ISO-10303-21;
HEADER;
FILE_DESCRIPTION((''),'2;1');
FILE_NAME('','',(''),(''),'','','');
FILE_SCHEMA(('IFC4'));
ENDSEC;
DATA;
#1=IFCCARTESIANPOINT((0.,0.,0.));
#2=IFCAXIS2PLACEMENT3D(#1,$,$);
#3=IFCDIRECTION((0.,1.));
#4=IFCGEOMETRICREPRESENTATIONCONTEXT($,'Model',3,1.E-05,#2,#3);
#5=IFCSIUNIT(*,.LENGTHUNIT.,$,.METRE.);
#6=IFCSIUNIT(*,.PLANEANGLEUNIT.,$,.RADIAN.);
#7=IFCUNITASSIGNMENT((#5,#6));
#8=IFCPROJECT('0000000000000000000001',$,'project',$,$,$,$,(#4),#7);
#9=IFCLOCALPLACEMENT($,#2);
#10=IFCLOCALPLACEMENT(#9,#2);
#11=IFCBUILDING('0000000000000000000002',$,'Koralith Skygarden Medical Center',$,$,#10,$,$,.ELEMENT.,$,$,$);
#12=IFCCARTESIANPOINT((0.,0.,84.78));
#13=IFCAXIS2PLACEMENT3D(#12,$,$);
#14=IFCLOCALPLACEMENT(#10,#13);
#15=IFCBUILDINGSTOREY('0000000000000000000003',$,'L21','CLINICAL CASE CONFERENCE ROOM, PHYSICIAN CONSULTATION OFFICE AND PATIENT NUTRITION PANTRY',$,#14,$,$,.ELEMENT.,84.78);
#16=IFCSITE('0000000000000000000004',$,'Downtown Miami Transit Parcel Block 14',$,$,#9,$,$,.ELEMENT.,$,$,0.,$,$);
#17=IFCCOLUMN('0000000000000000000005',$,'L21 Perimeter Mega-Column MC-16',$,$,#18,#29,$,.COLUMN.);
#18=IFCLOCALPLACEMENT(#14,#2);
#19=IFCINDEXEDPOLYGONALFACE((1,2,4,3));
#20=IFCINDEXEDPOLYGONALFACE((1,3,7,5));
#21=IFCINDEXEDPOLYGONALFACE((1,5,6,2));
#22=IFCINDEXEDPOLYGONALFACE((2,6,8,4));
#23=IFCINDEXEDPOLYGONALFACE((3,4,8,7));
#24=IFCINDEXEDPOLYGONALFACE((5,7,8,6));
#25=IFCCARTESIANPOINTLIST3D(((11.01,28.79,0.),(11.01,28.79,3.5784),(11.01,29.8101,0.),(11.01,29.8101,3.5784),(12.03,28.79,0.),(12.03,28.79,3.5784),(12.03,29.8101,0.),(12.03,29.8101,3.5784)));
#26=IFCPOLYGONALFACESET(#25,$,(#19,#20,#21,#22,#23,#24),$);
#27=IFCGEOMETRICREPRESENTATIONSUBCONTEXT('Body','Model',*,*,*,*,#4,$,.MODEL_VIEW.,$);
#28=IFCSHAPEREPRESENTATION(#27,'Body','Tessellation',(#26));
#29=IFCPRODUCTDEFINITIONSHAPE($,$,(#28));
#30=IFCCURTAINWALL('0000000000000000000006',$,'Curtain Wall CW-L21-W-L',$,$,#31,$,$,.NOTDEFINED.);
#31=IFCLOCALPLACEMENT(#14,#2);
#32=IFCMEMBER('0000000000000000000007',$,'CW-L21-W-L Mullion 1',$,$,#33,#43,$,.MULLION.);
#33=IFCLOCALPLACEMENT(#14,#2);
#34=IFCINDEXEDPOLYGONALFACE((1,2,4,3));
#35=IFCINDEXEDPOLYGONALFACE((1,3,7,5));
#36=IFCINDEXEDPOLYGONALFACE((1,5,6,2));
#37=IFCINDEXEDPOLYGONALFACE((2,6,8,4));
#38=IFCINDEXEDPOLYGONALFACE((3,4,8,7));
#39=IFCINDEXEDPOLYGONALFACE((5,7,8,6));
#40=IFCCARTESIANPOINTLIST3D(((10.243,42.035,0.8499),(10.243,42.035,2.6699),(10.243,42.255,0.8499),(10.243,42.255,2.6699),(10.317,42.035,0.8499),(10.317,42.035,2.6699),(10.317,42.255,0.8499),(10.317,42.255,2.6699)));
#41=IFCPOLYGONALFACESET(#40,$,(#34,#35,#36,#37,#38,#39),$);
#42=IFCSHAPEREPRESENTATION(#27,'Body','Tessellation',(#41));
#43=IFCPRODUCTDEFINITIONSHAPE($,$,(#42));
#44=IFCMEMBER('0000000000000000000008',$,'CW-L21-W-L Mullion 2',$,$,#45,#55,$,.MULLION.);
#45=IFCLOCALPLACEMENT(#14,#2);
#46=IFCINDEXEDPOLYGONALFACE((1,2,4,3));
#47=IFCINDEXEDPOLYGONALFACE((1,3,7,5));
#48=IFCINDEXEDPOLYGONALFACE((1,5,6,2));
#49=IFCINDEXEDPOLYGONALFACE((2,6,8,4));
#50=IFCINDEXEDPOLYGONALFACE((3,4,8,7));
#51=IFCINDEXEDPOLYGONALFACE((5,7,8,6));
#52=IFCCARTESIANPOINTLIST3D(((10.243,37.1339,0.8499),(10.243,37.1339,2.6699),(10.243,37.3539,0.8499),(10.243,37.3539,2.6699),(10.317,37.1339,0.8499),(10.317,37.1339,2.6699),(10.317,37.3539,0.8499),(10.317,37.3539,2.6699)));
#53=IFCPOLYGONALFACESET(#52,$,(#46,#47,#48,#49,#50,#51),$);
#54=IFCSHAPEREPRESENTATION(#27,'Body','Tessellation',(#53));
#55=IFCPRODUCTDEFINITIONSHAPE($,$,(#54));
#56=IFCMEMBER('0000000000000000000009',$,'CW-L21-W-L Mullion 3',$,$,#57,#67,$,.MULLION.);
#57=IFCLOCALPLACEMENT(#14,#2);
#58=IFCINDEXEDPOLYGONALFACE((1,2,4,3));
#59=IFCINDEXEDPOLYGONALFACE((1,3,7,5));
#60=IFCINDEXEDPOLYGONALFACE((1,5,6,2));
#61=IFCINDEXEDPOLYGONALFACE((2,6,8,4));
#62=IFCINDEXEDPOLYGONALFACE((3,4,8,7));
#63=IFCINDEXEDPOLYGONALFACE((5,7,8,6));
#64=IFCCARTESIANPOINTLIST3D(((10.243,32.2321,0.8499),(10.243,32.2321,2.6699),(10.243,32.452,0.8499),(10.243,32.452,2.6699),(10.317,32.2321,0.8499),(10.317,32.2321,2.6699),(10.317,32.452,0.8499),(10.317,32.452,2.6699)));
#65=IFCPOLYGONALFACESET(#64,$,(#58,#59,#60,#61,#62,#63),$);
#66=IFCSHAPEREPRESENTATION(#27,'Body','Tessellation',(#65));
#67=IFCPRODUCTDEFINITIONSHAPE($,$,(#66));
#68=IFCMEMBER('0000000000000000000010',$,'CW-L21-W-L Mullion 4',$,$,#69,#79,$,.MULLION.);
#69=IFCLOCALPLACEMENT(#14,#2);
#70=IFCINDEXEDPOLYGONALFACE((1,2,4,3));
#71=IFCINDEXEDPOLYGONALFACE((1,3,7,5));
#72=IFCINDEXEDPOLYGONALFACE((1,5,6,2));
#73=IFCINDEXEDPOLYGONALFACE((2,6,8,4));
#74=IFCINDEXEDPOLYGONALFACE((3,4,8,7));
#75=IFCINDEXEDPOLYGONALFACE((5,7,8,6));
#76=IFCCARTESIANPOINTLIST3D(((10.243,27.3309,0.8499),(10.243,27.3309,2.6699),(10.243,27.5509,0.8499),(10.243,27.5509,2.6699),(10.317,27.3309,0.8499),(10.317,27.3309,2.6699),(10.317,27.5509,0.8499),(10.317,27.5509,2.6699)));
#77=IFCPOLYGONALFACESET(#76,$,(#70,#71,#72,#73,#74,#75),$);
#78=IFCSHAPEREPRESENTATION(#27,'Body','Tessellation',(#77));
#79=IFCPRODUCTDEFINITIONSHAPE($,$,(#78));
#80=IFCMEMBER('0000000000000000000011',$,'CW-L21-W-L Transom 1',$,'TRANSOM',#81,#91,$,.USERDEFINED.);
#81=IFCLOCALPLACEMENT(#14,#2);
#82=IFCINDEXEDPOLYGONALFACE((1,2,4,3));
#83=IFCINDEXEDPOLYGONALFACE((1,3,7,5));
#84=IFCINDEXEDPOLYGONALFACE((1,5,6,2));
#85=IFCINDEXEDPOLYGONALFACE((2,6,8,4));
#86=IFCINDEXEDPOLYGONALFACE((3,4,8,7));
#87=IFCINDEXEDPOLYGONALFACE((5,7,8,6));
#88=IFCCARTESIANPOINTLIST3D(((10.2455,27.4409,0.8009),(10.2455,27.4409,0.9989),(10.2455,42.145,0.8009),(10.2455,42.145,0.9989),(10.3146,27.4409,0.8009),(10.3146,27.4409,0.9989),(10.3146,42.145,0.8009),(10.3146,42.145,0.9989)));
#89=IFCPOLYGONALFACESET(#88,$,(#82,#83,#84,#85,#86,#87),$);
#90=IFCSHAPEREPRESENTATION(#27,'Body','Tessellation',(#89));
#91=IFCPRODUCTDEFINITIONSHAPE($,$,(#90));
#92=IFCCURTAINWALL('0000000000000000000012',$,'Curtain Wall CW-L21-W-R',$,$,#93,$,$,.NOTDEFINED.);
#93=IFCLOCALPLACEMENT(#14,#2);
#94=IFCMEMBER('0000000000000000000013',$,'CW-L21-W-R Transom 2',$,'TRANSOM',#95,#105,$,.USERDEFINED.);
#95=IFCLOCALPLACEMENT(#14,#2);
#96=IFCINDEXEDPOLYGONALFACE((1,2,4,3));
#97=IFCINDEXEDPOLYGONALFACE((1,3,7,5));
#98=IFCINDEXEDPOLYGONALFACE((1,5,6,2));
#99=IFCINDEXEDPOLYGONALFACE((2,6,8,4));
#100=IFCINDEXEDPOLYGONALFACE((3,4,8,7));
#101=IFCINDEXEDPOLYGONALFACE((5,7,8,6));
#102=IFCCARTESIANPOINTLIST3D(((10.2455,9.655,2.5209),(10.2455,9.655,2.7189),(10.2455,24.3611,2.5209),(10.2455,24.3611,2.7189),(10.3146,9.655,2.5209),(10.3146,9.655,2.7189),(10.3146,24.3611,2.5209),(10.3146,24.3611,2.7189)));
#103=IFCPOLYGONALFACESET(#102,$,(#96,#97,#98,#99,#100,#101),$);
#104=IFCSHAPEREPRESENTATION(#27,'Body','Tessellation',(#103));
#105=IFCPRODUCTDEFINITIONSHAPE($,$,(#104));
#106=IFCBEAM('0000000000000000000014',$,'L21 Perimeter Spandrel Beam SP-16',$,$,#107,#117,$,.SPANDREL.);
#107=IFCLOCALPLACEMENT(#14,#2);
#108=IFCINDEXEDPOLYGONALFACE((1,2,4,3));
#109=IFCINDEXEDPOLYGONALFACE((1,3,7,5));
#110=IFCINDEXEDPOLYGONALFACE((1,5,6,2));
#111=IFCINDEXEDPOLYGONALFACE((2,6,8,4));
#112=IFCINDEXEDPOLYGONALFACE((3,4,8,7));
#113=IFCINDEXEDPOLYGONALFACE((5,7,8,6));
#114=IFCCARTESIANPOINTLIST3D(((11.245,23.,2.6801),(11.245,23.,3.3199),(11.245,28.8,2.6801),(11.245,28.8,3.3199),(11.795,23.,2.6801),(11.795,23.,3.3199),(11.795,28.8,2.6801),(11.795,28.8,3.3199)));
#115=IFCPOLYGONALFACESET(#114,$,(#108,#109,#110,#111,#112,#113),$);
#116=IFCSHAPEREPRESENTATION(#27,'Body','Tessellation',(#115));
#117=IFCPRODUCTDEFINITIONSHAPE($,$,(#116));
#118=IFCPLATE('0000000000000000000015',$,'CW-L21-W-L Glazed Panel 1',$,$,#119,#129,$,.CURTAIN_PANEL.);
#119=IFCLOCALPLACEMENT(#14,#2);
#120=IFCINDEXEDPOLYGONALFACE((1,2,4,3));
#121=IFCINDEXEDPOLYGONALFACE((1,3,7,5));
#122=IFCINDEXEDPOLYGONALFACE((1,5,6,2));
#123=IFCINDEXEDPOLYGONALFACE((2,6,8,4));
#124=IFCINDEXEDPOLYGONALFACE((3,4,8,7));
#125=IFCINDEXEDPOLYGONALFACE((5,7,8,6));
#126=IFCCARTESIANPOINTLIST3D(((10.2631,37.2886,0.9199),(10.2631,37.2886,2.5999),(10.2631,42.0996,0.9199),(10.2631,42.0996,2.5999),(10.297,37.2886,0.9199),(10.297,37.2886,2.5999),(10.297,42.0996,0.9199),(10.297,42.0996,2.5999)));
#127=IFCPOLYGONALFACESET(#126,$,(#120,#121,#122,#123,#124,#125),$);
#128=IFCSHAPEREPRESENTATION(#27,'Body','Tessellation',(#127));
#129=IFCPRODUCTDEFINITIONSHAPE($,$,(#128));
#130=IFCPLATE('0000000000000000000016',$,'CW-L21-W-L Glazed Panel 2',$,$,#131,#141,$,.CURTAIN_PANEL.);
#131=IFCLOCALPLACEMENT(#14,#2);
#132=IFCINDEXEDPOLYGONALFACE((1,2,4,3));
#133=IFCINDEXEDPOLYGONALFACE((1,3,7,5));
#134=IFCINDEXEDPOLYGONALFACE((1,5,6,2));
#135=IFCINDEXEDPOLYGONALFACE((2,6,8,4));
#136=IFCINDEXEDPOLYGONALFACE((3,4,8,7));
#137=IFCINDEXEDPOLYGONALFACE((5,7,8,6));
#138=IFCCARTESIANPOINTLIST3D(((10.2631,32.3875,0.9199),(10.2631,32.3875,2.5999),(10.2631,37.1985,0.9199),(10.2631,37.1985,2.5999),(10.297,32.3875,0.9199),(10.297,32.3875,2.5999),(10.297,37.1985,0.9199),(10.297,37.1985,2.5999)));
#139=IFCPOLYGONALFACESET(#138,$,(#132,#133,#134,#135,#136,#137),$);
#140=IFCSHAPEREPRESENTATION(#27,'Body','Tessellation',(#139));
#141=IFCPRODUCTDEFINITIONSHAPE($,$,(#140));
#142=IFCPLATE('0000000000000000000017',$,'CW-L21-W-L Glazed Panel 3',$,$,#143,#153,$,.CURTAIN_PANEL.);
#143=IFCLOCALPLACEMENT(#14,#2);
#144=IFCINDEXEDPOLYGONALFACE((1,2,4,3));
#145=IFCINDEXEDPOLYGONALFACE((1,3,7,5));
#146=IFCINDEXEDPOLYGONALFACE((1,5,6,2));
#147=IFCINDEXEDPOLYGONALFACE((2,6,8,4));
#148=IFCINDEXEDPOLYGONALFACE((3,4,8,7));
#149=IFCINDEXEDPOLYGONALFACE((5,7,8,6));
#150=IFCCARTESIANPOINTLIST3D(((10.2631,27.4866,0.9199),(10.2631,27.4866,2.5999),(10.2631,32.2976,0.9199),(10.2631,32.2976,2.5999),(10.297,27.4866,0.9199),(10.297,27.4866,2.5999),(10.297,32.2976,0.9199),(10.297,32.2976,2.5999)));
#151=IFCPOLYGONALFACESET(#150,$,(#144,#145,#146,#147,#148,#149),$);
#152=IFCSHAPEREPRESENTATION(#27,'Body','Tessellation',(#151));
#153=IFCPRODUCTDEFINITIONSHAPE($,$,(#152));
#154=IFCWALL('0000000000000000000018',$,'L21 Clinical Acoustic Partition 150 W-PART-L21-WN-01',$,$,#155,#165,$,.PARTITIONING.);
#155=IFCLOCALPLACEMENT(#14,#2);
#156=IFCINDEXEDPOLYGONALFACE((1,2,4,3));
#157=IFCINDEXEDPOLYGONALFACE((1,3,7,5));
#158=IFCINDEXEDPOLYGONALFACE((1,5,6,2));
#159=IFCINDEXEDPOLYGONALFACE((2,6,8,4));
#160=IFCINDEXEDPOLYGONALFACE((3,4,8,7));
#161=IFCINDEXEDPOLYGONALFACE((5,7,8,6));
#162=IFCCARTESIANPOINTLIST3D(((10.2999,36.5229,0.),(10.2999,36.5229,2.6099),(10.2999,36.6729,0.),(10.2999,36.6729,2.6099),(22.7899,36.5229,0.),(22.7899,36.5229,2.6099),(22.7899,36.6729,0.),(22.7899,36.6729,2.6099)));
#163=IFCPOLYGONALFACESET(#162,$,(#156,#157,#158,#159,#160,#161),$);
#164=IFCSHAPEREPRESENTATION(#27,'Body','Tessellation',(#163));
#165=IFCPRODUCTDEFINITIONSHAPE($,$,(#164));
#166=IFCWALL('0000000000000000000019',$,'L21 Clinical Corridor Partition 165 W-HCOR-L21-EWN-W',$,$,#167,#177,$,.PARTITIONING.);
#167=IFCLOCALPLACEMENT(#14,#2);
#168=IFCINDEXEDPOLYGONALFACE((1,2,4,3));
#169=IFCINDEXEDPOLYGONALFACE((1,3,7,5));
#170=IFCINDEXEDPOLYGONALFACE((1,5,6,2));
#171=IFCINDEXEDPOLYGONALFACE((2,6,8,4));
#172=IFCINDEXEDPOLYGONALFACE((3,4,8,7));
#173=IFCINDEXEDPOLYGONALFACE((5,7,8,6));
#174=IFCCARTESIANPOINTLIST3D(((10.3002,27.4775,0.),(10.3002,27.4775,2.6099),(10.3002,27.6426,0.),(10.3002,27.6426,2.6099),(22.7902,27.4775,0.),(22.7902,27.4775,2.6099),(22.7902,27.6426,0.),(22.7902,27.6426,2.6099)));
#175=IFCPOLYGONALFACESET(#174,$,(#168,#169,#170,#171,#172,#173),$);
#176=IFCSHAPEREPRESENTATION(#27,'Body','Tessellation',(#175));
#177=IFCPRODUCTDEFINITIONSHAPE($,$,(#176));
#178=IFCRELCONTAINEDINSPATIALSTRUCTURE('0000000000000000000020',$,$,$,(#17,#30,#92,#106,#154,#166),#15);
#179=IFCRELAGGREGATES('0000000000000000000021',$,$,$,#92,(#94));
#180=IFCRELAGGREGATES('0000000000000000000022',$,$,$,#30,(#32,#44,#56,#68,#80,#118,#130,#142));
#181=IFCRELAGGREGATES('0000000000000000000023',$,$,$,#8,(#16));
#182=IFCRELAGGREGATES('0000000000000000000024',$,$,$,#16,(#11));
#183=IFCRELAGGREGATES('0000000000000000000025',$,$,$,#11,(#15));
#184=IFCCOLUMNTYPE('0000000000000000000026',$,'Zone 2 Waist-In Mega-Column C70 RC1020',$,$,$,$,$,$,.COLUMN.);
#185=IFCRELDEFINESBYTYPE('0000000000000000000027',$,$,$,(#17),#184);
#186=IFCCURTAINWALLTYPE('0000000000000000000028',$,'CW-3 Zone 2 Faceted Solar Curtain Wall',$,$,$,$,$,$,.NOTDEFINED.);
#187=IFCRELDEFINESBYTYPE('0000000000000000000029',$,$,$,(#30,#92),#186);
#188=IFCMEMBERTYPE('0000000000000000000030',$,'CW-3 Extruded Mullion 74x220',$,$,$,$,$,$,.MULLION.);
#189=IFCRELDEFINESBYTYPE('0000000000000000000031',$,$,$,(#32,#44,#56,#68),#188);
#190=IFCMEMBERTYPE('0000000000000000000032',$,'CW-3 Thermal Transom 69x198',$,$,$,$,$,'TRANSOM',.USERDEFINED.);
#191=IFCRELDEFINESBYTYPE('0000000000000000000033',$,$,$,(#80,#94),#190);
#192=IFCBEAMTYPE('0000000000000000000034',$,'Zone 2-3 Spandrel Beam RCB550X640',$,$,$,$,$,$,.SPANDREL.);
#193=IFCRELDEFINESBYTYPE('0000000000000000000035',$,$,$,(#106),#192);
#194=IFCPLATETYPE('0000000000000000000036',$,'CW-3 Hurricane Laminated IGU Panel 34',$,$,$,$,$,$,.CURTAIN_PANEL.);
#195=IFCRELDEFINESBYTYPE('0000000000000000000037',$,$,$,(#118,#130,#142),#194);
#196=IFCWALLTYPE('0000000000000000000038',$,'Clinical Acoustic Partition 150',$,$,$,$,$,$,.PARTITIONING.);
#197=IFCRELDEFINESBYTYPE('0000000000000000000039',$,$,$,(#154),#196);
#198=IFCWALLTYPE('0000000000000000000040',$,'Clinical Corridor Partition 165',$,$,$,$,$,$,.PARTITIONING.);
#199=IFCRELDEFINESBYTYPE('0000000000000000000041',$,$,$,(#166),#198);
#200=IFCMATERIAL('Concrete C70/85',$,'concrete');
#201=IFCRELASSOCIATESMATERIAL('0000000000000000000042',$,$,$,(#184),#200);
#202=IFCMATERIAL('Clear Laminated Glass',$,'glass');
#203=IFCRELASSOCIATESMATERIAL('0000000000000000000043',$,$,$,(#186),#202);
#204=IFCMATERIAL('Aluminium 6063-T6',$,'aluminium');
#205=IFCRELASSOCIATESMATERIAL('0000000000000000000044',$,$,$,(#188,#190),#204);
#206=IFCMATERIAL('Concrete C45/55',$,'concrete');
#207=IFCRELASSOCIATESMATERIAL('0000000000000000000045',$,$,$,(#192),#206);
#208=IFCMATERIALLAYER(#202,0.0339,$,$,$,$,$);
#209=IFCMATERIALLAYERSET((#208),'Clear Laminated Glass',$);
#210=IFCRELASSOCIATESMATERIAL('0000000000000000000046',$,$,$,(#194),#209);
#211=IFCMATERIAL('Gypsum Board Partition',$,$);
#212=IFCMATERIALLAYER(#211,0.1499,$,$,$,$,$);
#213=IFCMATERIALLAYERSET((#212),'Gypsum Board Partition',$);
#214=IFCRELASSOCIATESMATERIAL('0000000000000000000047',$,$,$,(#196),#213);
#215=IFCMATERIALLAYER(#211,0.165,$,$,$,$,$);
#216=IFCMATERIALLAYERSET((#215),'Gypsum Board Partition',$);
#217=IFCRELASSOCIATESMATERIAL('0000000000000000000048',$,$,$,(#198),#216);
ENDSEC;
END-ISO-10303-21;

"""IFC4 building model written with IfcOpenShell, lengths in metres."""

from ifc_helpers import new_model, si_unit, direction, frame, frame_2d, origin, origin_2d, place, context, subcontext, project, spatial, rectangle, extrude, material, layer, layer_set, material_profile, profile_set, type_object, element, aggregate, save


model = new_model("IFC4")

# Units and contexts
model_context = context("Model", 3, precision=1e-05, world=origin(), true_north=direction((0.0, 1.0)))
body_context = subcontext(model_context, "Body", "Model", "MODEL_VIEW")
ifc_project = project(units=[si_unit("LENGTHUNIT", "METRE"), si_unit("PLANEANGLEUNIT", "RADIAN")], contexts=[model_context])

# Site, building, storey
site_placement = place(None, origin())
site = spatial("IfcSite", under=ifc_project, at=site_placement, Name="Downtown Miami Transit Parcel Block 14", CompositionType="ELEMENT", RefElevation=0.0)
building_placement = place(site_placement, origin())
building = spatial("IfcBuilding", under=site, at=building_placement, Name="Koralith Skygarden Medical Center", CompositionType="ELEMENT")
storey_placement = place(building_placement, frame((0.0, 0.0, 84.78)))
storey = spatial("IfcBuildingStorey", under=building, at=storey_placement, Name="L21", Description="CLINICAL CASE CONFERENCE ROOM, PHYSICIAN CONSULTATION OFFICE AND PATIENT NUTRITION PANTRY", CompositionType="ELEMENT", Elevation=84.78)

# Column
ifc_material_1 = material(Name="Concrete C70/85", Category="concrete")
ifc_material_profile_1 = material_profile(ifc_material_1, rectangle(XDim=1.02, YDim=1.02, at=origin_2d()), Name="RC1020X1020")
ifc_profile_set_1 = profile_set([ifc_material_profile_1], Name="Concrete C70/85")
column_type = type_object("IfcColumnType", Name="Zone 2 Waist-In Mega-Column C70 RC1020", PredefinedType="COLUMN", material=ifc_profile_set_1)
column_placement = place(storey_placement, frame((11.52, 29.3, 0.0), z_axis=(0.0, 0.0, 1.0), x_axis=(1.0, 0.0, 0.0)))
element("IfcColumn", 1, at=column_placement, inside=storey, type_object=column_type, Name="L21 Perimeter Mega-Column MC-16", PredefinedType="COLUMN", context=body_context, shape_type="SweptSolid", body=[
    extrude(rectangle(XDim=1.02, YDim=1.02, at=origin_2d()), origin(), (0.0, 0.0, 1.0), 3.5784),
])

# Curtain wall, members
ifc_material_2 = material(Name="Clear Laminated Glass", Category="glass")
curtain_wall_type = type_object("IfcCurtainWallType", Name="CW-3 Zone 2 Faceted Solar Curtain Wall", PredefinedType="NOTDEFINED", material=ifc_material_2)
curtain_wall_1_placement = place(storey_placement, origin())
curtain_wall_1 = element("IfcCurtainWall", 2, at=curtain_wall_1_placement, inside=storey, type_object=curtain_wall_type, Name="Curtain Wall CW-L21-W-L", PredefinedType="NOTDEFINED")
ifc_material_3 = material(Name="Aluminium 6063-T6", Category="aluminium")
ifc_material_profile_2 = material_profile(ifc_material_3, rectangle(XDim=0.074, YDim=0.22, at=origin_2d()), Name="MUL74X220")
ifc_profile_set_2 = profile_set([ifc_material_profile_2], Name="Aluminium 6063-T6")
member_type_1 = type_object("IfcMemberType", Name="CW-3 Extruded Mullion 74x220", PredefinedType="MULLION", material=ifc_profile_set_2)
member_1_placement = place(storey_placement, frame((10.28, 42.145, 0.8499), z_axis=(0.0, 0.0, 1.0), x_axis=(1.0, 0.0, 0.0)))
member_1 = element("IfcMember", 3, at=member_1_placement, type_object=member_type_1, Name="CW-L21-W-L Mullion 1", PredefinedType="MULLION", context=body_context, shape_type="SweptSolid", body=[
    extrude(rectangle(XDim=0.074, YDim=0.22, at=origin_2d()), origin(), (0.0, 0.0, 1.0), 1.8201),
])
member_2_placement = place(storey_placement, frame((10.28, 37.2439, 0.8499), z_axis=(0.0, 0.0, 1.0), x_axis=(1.0, 0.0, 0.0)))
member_2 = element("IfcMember", 4, at=member_2_placement, type_object=member_type_1, Name="CW-L21-W-L Mullion 2", PredefinedType="MULLION", context=body_context, shape_type="SweptSolid", body=[
    extrude(rectangle(XDim=0.074, YDim=0.22, at=origin_2d()), origin(), (0.0, 0.0, 1.0), 1.8201),
])
member_3_placement = place(storey_placement, frame((10.28, 32.342, 0.8499), z_axis=(0.0, 0.0, 1.0), x_axis=(1.0, 0.0, 0.0)))
member_3 = element("IfcMember", 5, at=member_3_placement, type_object=member_type_1, Name="CW-L21-W-L Mullion 3", PredefinedType="MULLION", context=body_context, shape_type="SweptSolid", body=[
    extrude(rectangle(XDim=0.074, YDim=0.22, at=origin_2d()), origin(), (0.0, 0.0, 1.0), 1.8201),
])
member_4_placement = place(storey_placement, frame((10.28, 27.4409, 0.8499), z_axis=(0.0, 0.0, 1.0), x_axis=(1.0, 0.0, 0.0)))
member_4 = element("IfcMember", 6, at=member_4_placement, type_object=member_type_1, Name="CW-L21-W-L Mullion 4", PredefinedType="MULLION", context=body_context, shape_type="SweptSolid", body=[
    extrude(rectangle(XDim=0.074, YDim=0.22, at=origin_2d()), origin(), (0.0, 0.0, 1.0), 1.8201),
])
ifc_material_profile_3 = material_profile(ifc_material_3, rectangle(XDim=0.0691, YDim=0.198, at=origin_2d()), Name="TRN69X198")
ifc_profile_set_3 = profile_set([ifc_material_profile_3], Name="Aluminium 6063-T6")
member_type_2 = type_object("IfcMemberType", Name="CW-3 Thermal Transom 69x198", ElementType="TRANSOM", PredefinedType="USERDEFINED", material=ifc_profile_set_3)
member_5_placement = place(storey_placement, frame((10.28, 42.145, 0.8999), z_axis=(0.0, -1.0, 0.0), x_axis=(1.0, 0.0, 0.0)))
member_5 = element("IfcMember", 7, at=member_5_placement, type_object=member_type_2, Name="CW-L21-W-L Transom 1", ObjectType="TRANSOM", PredefinedType="USERDEFINED", context=body_context, shape_type="SweptSolid", body=[
    extrude(rectangle(XDim=0.0691, YDim=0.198, at=origin_2d()), origin(), (0.0, 0.0, 1.0), 14.7041),
])

# Curtain wall, member
curtain_wall_2_placement = place(storey_placement, origin())
curtain_wall_2 = element("IfcCurtainWall", 8, at=curtain_wall_2_placement, inside=storey, type_object=curtain_wall_type, Name="Curtain Wall CW-L21-W-R", PredefinedType="NOTDEFINED")
member_6_placement = place(storey_placement, frame((10.28, 24.3611, 2.6199), z_axis=(0.0, -1.0, 0.0), x_axis=(1.0, 0.0, 0.0)))
member_6 = element("IfcMember", 9, at=member_6_placement, type_object=member_type_2, Name="CW-L21-W-R Transom 2", ObjectType="TRANSOM", PredefinedType="USERDEFINED", context=body_context, shape_type="SweptSolid", body=[
    extrude(rectangle(XDim=0.0691, YDim=0.198, at=origin_2d()), origin(), (0.0, 0.0, 1.0), 14.7061),
])
aggregate(curtain_wall_2, [member_6])

# Beam
ifc_material_4 = material(Name="Concrete C45/55", Category="concrete")
ifc_material_profile_4 = material_profile(ifc_material_4, rectangle(XDim=0.55, YDim=0.6399, at=origin_2d()), Name="RCB550X640")
ifc_profile_set_4 = profile_set([ifc_material_profile_4], Name="Concrete C45/55")
beam_type = type_object("IfcBeamType", Name="Zone 2-3 Spandrel Beam RCB550X640", PredefinedType="SPANDREL", material=ifc_profile_set_4)
beam_placement = place(storey_placement, frame((11.52, 28.8, 3.0), z_axis=(0.0, -1.0, 0.0), x_axis=(1.0, 0.0, 0.0)))
element("IfcBeam", 10, at=beam_placement, inside=storey, type_object=beam_type, Name="L21 Perimeter Spandrel Beam SP-16", PredefinedType="SPANDREL", context=body_context, shape_type="SweptSolid", body=[
    extrude(rectangle(XDim=0.55, YDim=0.6399, at=origin_2d()), origin(), (0.0, 0.0, 1.0), 5.8),
])

# Plates
ifc_layer_1 = layer(ifc_material_2, 0.0339)
ifc_layer_set_1 = layer_set([ifc_layer_1], Name="Clear Laminated Glass")
plate_type = type_object("IfcPlateType", Name="CW-3 Hurricane Laminated IGU Panel 34", PredefinedType="CURTAIN_PANEL", material=ifc_layer_set_1)
plate_1_placement = place(storey_placement, frame((10.28, 39.6941, 0.9199), z_axis=(0.0, 0.0, 1.0), x_axis=(0.0, -1.0, 0.0)))
plate_1 = element("IfcPlate", 11, at=plate_1_placement, type_object=plate_type, Name="CW-L21-W-L Glazed Panel 1", PredefinedType="CURTAIN_PANEL", context=body_context, shape_type="SweptSolid", body=[
    extrude(rectangle(XDim=4.811, YDim=0.0339, at=origin_2d()), origin(), (0.0, 0.0, 1.0), 1.6799),
])
plate_2_placement = place(storey_placement, frame((10.28, 34.793, 0.9199), z_axis=(0.0, 0.0, 1.0), x_axis=(0.0, -1.0, 0.0)))
plate_2 = element("IfcPlate", 12, at=plate_2_placement, type_object=plate_type, Name="CW-L21-W-L Glazed Panel 2", PredefinedType="CURTAIN_PANEL", context=body_context, shape_type="SweptSolid", body=[
    extrude(rectangle(XDim=4.811, YDim=0.0339, at=origin_2d()), origin(), (0.0, 0.0, 1.0), 1.6799),
])
plate_3_placement = place(storey_placement, frame((10.28, 29.8921, 0.9199), z_axis=(0.0, 0.0, 1.0), x_axis=(0.0, -1.0, 0.0)))
plate_3 = element("IfcPlate", 13, at=plate_3_placement, type_object=plate_type, Name="CW-L21-W-L Glazed Panel 3", PredefinedType="CURTAIN_PANEL", context=body_context, shape_type="SweptSolid", body=[
    extrude(rectangle(XDim=4.811, YDim=0.0339, at=origin_2d()), origin(), (0.0, 0.0, 1.0), 1.6799),
])
aggregate(curtain_wall_1, [member_1, member_2, member_3, member_4, member_5, plate_1, plate_2, plate_3])

# Walls
ifc_material_5 = material(Name="Gypsum Board Partition")
ifc_layer_2 = layer(ifc_material_5, 0.1499)
ifc_layer_set_2 = layer_set([ifc_layer_2], Name="Gypsum Board Partition")
wall_type_1 = type_object("IfcWallType", Name="Clinical Acoustic Partition 150", PredefinedType="PARTITIONING", material=ifc_layer_set_2)
wall_1_placement = place(storey_placement, frame((22.79, 36.5979, 0.0), z_axis=(0.0, 0.0, 1.0), x_axis=(-1.0, 0.0, 0.0)))
element("IfcWall", 14, at=wall_1_placement, inside=storey, type_object=wall_type_1, Name="L21 Clinical Acoustic Partition 150 W-PART-L21-WN-01", PredefinedType="PARTITIONING", context=body_context, shape_type="SweptSolid", body=[
    extrude(rectangle(XDim=12.49, YDim=0.1499, at=frame_2d((6.2451, 0.0))), origin(), (0.0, 0.0, 1.0), 2.6099),
])
ifc_layer_3 = layer(ifc_material_5, 0.165)
ifc_layer_set_3 = layer_set([ifc_layer_3], Name="Gypsum Board Partition")
wall_type_2 = type_object("IfcWallType", Name="Clinical Corridor Partition 165", PredefinedType="PARTITIONING", material=ifc_layer_set_3)
wall_2_placement = place(storey_placement, frame((10.3, 27.5601, 0.0), z_axis=(0.0, 0.0, 1.0), x_axis=(1.0, 0.0, 0.0)))
element("IfcWall", 15, at=wall_2_placement, inside=storey, type_object=wall_type_2, Name="L21 Clinical Corridor Partition 165 W-HCOR-L21-EWN-W", PredefinedType="PARTITIONING", context=body_context, shape_type="SweptSolid", body=[
    extrude(rectangle(XDim=12.49, YDim=0.165, at=frame_2d((6.2451, 0.0))), origin(), (0.0, 0.0, 1.0), 2.6099),
])

save(model, "model.ifc")
